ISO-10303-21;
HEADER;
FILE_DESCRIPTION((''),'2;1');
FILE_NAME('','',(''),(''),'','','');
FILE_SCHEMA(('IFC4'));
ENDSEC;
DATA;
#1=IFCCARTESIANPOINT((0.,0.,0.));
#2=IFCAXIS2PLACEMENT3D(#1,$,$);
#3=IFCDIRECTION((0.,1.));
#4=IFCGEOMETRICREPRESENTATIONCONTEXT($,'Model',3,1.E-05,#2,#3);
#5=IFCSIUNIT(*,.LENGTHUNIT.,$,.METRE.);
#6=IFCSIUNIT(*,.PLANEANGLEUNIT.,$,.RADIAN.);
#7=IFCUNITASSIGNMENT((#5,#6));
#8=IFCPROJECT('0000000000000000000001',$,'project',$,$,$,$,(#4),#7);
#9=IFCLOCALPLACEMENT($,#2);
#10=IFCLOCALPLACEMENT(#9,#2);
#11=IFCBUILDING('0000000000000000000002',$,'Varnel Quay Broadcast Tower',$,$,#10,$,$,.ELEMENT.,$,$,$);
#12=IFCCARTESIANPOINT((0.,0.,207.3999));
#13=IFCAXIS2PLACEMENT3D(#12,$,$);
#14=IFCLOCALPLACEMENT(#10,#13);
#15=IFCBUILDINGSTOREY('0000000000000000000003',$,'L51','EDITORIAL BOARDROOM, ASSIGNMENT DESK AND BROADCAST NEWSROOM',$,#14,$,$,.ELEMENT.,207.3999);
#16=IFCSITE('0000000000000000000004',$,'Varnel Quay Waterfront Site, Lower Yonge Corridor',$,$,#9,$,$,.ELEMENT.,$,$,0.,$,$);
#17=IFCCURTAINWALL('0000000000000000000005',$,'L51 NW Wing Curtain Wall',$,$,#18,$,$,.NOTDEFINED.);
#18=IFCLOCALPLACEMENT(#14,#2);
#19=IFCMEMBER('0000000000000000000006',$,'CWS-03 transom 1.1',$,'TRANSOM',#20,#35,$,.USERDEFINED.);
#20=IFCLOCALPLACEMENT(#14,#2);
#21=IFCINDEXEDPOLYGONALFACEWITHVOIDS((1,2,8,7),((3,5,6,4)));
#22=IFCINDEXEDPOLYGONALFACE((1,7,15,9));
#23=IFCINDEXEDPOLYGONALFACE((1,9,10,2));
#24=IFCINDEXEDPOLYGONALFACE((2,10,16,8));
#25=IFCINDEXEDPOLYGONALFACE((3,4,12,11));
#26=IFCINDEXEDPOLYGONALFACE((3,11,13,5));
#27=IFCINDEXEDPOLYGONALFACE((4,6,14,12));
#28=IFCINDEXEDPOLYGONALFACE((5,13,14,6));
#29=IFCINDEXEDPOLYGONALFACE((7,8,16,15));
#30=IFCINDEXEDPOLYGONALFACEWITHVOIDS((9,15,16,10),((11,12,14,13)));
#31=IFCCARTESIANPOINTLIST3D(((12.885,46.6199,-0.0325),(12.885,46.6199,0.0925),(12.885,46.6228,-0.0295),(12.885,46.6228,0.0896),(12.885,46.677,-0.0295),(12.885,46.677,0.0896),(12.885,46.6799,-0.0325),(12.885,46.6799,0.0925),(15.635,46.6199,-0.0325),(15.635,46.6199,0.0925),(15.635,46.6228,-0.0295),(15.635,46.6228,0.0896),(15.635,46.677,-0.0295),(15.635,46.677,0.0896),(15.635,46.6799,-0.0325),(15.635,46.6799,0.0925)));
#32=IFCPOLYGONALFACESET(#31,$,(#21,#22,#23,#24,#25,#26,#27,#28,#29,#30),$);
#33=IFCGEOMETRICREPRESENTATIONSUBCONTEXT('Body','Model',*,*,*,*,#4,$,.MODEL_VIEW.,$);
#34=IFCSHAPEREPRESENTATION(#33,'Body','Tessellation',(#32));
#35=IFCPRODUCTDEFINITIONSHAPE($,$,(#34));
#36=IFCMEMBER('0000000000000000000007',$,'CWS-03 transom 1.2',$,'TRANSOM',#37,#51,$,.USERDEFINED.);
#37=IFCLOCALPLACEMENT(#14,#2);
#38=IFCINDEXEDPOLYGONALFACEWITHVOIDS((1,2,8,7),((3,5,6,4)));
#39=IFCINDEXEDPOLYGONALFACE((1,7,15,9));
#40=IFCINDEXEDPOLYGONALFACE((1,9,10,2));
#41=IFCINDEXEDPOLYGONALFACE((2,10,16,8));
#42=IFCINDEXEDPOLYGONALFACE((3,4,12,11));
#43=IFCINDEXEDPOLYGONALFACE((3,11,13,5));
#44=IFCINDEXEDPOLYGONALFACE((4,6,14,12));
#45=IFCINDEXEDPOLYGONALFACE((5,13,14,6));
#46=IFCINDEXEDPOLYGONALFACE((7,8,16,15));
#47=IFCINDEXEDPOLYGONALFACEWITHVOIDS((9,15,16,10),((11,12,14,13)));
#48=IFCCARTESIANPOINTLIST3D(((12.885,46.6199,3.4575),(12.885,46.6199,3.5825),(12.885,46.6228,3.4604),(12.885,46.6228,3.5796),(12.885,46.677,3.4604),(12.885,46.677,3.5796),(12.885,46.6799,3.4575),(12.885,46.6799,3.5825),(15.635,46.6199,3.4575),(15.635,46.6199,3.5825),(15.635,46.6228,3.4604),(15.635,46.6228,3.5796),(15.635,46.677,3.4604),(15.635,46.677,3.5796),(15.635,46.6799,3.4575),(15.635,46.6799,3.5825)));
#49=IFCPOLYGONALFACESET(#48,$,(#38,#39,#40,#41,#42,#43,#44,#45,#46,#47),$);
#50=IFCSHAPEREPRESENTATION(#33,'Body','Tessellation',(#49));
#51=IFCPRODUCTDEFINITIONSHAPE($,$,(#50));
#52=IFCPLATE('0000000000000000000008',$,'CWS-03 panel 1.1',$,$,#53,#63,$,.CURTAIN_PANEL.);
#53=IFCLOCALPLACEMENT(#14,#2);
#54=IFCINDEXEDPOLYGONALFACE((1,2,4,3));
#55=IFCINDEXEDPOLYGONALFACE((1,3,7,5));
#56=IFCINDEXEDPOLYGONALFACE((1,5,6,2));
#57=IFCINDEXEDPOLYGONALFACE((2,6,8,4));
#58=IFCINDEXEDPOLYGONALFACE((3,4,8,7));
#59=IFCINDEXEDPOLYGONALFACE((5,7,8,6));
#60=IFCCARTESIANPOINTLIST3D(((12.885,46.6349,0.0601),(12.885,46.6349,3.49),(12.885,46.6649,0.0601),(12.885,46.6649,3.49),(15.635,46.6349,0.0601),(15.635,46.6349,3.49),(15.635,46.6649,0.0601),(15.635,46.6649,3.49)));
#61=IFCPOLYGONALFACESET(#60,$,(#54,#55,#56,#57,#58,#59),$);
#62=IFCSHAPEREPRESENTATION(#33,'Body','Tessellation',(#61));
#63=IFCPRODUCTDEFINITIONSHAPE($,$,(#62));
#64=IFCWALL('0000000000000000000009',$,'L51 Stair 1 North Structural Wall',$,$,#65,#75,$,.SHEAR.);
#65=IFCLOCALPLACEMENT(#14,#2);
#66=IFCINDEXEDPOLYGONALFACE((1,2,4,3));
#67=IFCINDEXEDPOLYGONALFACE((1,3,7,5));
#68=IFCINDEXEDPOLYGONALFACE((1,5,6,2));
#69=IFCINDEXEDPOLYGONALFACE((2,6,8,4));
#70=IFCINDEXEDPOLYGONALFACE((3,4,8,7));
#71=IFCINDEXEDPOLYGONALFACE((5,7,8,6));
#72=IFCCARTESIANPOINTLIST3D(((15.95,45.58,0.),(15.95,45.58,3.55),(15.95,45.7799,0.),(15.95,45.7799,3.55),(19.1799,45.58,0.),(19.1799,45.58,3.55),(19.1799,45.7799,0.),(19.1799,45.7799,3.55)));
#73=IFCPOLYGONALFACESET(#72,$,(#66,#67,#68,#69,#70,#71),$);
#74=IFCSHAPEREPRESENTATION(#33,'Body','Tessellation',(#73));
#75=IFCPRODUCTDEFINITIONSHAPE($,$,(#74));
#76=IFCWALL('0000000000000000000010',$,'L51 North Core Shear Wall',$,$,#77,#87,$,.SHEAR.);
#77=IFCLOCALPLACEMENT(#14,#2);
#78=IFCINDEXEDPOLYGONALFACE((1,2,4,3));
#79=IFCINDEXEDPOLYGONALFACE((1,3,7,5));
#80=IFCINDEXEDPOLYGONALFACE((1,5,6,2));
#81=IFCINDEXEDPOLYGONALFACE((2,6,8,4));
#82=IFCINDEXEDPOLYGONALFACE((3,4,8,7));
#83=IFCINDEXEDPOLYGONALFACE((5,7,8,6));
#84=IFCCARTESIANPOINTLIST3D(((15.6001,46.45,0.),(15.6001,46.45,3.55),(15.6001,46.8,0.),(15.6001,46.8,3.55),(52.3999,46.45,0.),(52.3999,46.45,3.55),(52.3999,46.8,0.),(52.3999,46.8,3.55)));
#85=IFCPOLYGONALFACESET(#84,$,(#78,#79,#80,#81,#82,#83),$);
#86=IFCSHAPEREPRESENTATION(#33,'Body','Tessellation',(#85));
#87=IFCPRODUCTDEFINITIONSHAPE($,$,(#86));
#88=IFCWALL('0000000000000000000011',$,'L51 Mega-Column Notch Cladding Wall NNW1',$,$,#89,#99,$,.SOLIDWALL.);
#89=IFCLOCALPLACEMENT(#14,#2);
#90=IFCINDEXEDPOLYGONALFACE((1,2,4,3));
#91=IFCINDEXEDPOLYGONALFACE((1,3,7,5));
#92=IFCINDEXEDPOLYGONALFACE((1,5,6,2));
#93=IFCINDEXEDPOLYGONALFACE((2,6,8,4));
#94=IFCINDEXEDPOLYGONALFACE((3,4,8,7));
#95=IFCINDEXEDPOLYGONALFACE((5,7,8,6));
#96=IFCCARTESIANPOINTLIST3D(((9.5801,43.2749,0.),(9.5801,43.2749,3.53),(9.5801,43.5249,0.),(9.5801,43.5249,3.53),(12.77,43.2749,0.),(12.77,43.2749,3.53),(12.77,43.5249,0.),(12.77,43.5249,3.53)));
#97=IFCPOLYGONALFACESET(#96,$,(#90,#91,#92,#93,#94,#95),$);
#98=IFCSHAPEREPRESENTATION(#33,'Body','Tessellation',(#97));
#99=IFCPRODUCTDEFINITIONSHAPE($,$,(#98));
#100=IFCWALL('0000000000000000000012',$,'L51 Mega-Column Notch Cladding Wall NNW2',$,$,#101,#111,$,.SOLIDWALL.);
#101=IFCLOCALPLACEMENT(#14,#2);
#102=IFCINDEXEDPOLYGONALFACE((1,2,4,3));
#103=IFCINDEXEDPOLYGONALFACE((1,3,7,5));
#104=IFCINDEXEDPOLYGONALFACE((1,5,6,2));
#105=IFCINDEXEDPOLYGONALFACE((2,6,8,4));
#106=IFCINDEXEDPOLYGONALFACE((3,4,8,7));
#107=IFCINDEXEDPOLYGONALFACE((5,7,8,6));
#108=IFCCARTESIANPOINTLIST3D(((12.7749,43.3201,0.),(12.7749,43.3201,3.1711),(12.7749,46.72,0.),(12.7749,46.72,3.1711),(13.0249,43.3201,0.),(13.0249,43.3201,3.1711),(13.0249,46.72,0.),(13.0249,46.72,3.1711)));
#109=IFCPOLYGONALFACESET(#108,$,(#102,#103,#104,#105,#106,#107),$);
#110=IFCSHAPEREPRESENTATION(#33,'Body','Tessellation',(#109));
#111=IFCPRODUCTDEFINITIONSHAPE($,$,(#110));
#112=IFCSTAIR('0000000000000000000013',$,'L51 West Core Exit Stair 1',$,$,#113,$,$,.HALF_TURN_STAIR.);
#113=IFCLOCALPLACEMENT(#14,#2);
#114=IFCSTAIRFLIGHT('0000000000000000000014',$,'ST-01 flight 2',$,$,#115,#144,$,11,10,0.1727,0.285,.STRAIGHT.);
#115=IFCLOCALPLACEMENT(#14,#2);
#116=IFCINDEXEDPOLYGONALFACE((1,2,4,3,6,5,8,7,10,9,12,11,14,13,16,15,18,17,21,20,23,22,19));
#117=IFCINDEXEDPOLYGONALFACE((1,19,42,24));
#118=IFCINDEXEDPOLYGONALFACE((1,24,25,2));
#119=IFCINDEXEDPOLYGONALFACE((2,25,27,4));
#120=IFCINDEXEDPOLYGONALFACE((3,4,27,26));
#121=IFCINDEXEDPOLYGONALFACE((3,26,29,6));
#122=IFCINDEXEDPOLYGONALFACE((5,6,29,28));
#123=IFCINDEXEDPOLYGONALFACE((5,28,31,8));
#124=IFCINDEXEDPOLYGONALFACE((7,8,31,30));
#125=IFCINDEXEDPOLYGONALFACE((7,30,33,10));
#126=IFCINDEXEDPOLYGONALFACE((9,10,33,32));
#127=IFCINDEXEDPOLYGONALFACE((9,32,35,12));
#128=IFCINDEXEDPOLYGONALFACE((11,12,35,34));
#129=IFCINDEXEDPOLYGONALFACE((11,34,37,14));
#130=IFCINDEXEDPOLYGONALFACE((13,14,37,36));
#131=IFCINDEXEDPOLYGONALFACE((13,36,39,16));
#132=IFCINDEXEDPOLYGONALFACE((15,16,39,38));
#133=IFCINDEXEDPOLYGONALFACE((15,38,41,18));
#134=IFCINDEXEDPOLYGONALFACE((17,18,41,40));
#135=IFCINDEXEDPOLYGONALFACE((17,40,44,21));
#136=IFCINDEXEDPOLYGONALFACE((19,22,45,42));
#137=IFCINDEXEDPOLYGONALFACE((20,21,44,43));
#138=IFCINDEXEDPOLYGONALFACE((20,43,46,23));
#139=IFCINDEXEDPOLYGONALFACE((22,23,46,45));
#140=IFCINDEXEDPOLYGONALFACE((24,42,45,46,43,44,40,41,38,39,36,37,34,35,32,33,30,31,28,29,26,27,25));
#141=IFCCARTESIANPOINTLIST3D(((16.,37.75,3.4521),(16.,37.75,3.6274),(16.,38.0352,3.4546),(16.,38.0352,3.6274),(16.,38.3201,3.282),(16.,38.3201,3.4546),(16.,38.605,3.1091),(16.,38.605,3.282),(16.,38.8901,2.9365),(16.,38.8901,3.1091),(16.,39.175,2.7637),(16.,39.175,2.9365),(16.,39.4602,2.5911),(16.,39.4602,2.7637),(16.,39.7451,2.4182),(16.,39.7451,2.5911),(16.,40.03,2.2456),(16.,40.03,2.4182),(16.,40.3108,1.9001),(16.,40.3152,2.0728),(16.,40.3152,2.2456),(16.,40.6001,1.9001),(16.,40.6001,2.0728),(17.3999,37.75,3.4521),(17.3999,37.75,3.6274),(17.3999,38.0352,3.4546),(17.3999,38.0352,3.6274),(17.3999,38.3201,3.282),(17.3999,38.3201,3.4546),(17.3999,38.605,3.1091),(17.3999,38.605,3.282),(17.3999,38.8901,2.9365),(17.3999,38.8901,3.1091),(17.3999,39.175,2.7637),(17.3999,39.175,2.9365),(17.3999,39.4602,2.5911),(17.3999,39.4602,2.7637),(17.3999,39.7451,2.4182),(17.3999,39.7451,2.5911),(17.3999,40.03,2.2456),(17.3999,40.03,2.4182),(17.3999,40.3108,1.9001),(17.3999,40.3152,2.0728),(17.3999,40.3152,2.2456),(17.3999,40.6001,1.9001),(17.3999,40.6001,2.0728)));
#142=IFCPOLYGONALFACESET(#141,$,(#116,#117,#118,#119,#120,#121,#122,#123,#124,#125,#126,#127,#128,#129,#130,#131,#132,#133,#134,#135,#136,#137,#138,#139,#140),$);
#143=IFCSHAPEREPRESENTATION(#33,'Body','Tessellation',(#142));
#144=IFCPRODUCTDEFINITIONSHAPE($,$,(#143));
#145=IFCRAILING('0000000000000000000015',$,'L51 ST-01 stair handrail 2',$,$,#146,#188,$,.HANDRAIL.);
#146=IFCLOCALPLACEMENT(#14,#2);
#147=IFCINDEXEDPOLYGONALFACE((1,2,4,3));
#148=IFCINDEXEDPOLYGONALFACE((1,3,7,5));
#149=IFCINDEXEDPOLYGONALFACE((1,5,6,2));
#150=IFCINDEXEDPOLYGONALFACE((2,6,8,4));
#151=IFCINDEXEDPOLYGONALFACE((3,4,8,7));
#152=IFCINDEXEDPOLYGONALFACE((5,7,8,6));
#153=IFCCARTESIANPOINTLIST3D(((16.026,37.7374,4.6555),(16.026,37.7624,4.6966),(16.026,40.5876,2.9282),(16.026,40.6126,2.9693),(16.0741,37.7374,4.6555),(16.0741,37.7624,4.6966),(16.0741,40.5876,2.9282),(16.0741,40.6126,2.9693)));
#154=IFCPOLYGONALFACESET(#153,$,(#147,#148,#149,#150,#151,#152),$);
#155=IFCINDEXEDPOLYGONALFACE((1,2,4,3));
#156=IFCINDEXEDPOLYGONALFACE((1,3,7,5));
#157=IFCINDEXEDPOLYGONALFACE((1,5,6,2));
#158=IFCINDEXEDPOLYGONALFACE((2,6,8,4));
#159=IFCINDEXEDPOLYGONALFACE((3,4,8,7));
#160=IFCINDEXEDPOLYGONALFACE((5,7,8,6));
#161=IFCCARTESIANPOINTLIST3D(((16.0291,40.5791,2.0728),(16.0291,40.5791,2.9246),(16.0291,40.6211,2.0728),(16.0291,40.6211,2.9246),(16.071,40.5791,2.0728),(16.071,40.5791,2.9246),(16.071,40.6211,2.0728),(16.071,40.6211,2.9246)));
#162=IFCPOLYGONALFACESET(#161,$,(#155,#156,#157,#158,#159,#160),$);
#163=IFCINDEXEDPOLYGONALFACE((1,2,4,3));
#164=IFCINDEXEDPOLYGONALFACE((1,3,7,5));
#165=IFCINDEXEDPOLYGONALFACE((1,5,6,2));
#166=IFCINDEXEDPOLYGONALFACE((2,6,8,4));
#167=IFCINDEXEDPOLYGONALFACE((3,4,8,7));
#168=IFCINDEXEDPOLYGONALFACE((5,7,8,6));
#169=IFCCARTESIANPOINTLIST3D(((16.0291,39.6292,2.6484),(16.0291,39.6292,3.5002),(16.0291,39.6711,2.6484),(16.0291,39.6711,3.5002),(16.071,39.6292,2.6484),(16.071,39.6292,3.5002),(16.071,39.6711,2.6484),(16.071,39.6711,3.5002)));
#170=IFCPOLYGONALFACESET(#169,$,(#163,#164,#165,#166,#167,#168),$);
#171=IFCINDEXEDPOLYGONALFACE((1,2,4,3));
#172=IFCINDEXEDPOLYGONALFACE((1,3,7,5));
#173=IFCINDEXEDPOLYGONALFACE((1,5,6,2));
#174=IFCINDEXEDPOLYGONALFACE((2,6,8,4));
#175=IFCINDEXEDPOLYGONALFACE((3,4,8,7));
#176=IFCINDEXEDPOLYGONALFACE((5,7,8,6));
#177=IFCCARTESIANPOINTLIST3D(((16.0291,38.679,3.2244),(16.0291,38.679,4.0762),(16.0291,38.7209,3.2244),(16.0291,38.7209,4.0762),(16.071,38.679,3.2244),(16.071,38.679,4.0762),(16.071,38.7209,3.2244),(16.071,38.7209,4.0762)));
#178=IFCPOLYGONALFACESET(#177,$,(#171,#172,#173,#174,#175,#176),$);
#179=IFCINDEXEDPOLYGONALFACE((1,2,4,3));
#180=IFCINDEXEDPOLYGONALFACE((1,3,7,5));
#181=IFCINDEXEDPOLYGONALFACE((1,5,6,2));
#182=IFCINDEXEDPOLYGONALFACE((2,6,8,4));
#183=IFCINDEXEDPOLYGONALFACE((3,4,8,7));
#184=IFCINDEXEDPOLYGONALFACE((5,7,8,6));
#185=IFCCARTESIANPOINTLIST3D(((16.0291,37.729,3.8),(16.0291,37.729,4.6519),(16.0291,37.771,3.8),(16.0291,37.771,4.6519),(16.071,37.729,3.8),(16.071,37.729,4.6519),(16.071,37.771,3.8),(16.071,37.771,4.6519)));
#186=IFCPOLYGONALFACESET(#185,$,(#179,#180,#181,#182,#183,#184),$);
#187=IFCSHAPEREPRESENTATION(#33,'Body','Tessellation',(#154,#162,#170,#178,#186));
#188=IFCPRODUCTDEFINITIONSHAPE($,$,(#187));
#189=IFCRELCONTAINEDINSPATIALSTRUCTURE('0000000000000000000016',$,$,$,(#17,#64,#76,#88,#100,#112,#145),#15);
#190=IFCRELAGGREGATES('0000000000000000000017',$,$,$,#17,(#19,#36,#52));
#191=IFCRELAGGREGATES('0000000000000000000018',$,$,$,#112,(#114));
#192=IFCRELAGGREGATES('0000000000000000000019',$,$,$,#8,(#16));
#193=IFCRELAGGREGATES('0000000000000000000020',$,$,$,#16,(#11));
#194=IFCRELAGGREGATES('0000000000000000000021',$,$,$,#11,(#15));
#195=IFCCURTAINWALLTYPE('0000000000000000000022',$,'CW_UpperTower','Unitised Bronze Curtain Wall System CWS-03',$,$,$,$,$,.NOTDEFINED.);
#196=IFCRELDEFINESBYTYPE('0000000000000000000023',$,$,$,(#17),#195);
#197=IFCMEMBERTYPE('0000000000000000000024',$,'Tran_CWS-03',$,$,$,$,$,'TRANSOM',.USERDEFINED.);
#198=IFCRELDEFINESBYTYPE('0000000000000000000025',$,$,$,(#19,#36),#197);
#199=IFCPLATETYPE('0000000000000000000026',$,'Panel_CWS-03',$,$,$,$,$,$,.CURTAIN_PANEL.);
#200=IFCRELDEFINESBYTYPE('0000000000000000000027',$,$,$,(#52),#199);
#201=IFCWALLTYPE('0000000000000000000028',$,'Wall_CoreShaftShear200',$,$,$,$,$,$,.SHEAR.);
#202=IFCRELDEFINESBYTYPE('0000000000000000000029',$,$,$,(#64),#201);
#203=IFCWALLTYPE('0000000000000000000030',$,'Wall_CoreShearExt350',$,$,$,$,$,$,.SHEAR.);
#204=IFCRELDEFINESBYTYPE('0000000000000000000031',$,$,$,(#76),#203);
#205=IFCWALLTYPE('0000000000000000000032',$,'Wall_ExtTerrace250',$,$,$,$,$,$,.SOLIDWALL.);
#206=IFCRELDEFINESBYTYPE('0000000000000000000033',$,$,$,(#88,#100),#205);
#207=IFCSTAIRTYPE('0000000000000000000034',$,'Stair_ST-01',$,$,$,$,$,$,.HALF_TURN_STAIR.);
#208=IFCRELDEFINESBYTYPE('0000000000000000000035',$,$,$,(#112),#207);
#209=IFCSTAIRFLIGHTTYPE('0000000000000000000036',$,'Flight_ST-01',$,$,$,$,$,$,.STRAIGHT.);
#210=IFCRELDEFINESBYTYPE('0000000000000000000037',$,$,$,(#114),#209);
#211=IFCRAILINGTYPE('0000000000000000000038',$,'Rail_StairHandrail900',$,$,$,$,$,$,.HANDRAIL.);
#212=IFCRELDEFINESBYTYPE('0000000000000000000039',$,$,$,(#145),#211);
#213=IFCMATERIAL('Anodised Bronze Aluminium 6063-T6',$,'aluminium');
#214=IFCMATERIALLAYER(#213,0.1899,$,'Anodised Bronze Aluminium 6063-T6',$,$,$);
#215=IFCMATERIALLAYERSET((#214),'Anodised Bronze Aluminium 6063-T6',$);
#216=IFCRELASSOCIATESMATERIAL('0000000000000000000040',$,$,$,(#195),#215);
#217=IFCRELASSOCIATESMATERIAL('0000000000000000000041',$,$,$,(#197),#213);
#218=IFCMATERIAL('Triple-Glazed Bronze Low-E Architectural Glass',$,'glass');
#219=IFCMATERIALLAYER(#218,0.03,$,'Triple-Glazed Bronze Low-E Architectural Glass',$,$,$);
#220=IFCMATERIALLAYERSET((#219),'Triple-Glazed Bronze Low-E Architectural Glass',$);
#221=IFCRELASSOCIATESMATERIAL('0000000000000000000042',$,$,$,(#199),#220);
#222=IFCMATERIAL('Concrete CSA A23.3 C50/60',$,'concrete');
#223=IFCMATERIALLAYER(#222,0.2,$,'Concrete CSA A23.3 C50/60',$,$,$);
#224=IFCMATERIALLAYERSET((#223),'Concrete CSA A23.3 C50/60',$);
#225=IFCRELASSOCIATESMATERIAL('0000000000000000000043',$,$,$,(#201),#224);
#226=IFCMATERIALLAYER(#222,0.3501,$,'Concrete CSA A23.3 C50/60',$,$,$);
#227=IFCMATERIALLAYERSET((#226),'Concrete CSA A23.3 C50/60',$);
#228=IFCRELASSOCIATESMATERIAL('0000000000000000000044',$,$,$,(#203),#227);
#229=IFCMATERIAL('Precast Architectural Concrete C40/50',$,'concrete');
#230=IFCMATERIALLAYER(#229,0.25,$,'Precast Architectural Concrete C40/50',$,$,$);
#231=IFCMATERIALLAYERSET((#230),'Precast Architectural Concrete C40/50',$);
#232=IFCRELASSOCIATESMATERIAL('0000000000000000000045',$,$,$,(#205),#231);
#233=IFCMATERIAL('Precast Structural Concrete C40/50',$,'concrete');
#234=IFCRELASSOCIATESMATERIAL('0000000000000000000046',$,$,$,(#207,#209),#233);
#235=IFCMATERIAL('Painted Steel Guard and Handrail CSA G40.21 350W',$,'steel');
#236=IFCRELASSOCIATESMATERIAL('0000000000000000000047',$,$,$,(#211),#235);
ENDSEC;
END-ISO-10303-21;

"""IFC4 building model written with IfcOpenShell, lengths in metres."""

from ifc_helpers import new_model, si_unit, direction, frame, frame_2d, origin, origin_2d, place, context, subcontext, project, spatial, polyline, rectangle, hollow_rectangle, outline, extrude, source, transform, mapped, material, layer, layer_set, material_profile, profile_set, type_object, type_shapes, element, aggregate, save


model = new_model("IFC4")

# Units and contexts
model_context = context("Model", 3, precision=1e-05, world=origin(), true_north=direction((0.0, 1.0)))
body_context = subcontext(model_context, "Body", "Model", "MODEL_VIEW")
ifc_project = project(units=[si_unit("LENGTHUNIT", "METRE"), si_unit("PLANEANGLEUNIT", "RADIAN")], contexts=[model_context])

# Site, building, storey
site_placement = place(None, origin())
site = spatial("IfcSite", under=ifc_project, at=site_placement, Name="Varnel Quay Waterfront Site, Lower Yonge Corridor", CompositionType="ELEMENT", RefElevation=0.0)
building_placement = place(site_placement, origin())
building = spatial("IfcBuilding", under=site, at=building_placement, Name="Varnel Quay Broadcast Tower", CompositionType="ELEMENT")
storey_placement = place(building_placement, frame((0.0, 0.0, 207.3999)))
storey = spatial("IfcBuildingStorey", under=building, at=storey_placement, Name="L51", Description="EDITORIAL BOARDROOM, ASSIGNMENT DESK AND BROADCAST NEWSROOM", CompositionType="ELEMENT", Elevation=207.3999)

# Shared definitions
ifc_material_1 = material(Name="Anodised Bronze Aluminium 6063-T6", Category="aluminium")
ifc_layer_1 = layer(ifc_material_1, 0.1899, Name="Anodised Bronze Aluminium 6063-T6")
ifc_layer_set_1 = layer_set([ifc_layer_1], Name="Anodised Bronze Aluminium 6063-T6")
curtain_wall_type = type_object("IfcCurtainWallType", Name="CW_UpperTower", Description="Unitised Bronze Curtain Wall System CWS-03", PredefinedType="NOTDEFINED", material=ifc_layer_set_1)

# Curtain wall, members, plate
curtain_wall_1_placement = place(storey_placement, origin())
curtain_wall_1 = element("IfcCurtainWall", 1, at=curtain_wall_1_placement, inside=storey, type_object=curtain_wall_type, Name="L51 NW Wing Curtain Wall", PredefinedType="NOTDEFINED")
ifc_material_profile_1 = material_profile(ifc_material_1, hollow_rectangle(XDim=0.0601, YDim=0.125, WallThickness=0.0029, at=origin_2d()), Name="ALU60X125X3")
ifc_profile_set_1 = profile_set([ifc_material_profile_1], Name="Anodised Bronze Aluminium 6063-T6")
member_type_1 = type_object("IfcMemberType", Name="Tran_CWS-03", ElementType="TRANSOM", PredefinedType="USERDEFINED", material=ifc_profile_set_1)
shared_shape_1 = source(origin(), body_context, "Body", "SweptSolid", [
    extrude(hollow_rectangle(XDim=0.0601, YDim=0.125, WallThickness=0.0029, at=origin_2d()), origin(), (0.0, 0.0, 1.0), 2.75),
])
type_shapes(member_type_1, [shared_shape_1])
member_1_placement = place(storey_placement, frame((12.885, 46.6499, 0.03), z_axis=(1.0, 0.0, 0.0), x_axis=(0.0, 1.0, 0.0)))
member_1 = element("IfcMember", 2, at=member_1_placement, type_object=member_type_1, Name="CWS-03 transom 1.1", ObjectType="TRANSOM", PredefinedType="USERDEFINED", context=body_context, shape_type="MappedRepresentation", body=[
    mapped(shared_shape_1, transform((0.0, 0.0, 0.0), x_axis=(1.0, 0.0, 0.0), y_axis=(0.0, 1.0, 0.0), z_axis=(0.0, 0.0, 1.0), scale=1.0)),
])
member_2_placement = place(storey_placement, frame((12.885, 46.6499, 3.52), z_axis=(1.0, 0.0, 0.0), x_axis=(0.0, 1.0, 0.0)))
member_2 = element("IfcMember", 3, at=member_2_placement, type_object=member_type_1, Name="CWS-03 transom 1.2", ObjectType="TRANSOM", PredefinedType="USERDEFINED", context=body_context, shape_type="MappedRepresentation", body=[
    mapped(shared_shape_1, transform((0.0, 0.0, 0.0), x_axis=(1.0, 0.0, 0.0), y_axis=(0.0, 1.0, 0.0), z_axis=(0.0, 0.0, 1.0), scale=1.0)),
])
ifc_material_2 = material(Name="Triple-Glazed Bronze Low-E Architectural Glass", Category="glass")
ifc_layer_2 = layer(ifc_material_2, 0.03, Name="Triple-Glazed Bronze Low-E Architectural Glass")
ifc_layer_set_2 = layer_set([ifc_layer_2], Name="Triple-Glazed Bronze Low-E Architectural Glass")
plate_type = type_object("IfcPlateType", Name="Panel_CWS-03", PredefinedType="CURTAIN_PANEL", material=ifc_layer_set_2)
shared_shape_2 = source(origin(), body_context, "Body", "SweptSolid", [
    extrude(rectangle(XDim=2.75, YDim=0.03, at=origin_2d()), origin(), (0.0, 0.0, 1.0), 3.4299),
])
type_shapes(plate_type, [shared_shape_2])
plate_placement = place(storey_placement, frame((14.26, 46.6499, 0.0601), z_axis=(0.0, 0.0, 1.0), x_axis=(1.0, 0.0, 0.0)))
plate = element("IfcPlate", 4, at=plate_placement, type_object=plate_type, Name="CWS-03 panel 1.1", PredefinedType="CURTAIN_PANEL", context=body_context, shape_type="MappedRepresentation", body=[
    mapped(shared_shape_2, transform((0.0, 0.0, 0.0), x_axis=(1.0, 0.0, 0.0), y_axis=(0.0, 1.0, 0.0), z_axis=(0.0, 0.0, 1.0), scale=1.0)),
])
aggregate(curtain_wall_1, [member_1, member_2, plate])

# Walls
ifc_material_3 = material(Name="Concrete CSA A23.3 C50/60", Category="concrete")
ifc_layer_3 = layer(ifc_material_3, 0.2, Name="Concrete CSA A23.3 C50/60")
ifc_layer_set_3 = layer_set([ifc_layer_3], Name="Concrete CSA A23.3 C50/60")
wall_type_1 = type_object("IfcWallType", Name="Wall_CoreShaftShear200", PredefinedType="SHEAR", material=ifc_layer_set_3)
wall_1_placement = place(storey_placement, frame((15.95, 45.6799, 0.0), z_axis=(0.0, 0.0, 1.0), x_axis=(1.0, 0.0, 0.0)))
element("IfcWall", 5, at=wall_1_placement, inside=storey, type_object=wall_type_1, Name="L51 Stair 1 North Structural Wall", PredefinedType="SHEAR", context=body_context, shape_type="SweptSolid", body=[
    extrude(rectangle(XDim=3.23, YDim=0.2, at=frame_2d((1.615, 0.0))), origin(), (0.0, 0.0, 1.0), 3.55),
])
ifc_layer_4 = layer(ifc_material_3, 0.3501, Name="Concrete CSA A23.3 C50/60")
ifc_layer_set_4 = layer_set([ifc_layer_4], Name="Concrete CSA A23.3 C50/60")
wall_type_2 = type_object("IfcWallType", Name="Wall_CoreShearExt350", PredefinedType="SHEAR", material=ifc_layer_set_4)
wall_2_placement = place(storey_placement, frame((15.6001, 46.625, 0.0), z_axis=(0.0, 0.0, 1.0), x_axis=(1.0, 0.0, 0.0)))
element("IfcWall", 6, at=wall_2_placement, inside=storey, type_object=wall_type_2, Name="L51 North Core Shear Wall", PredefinedType="SHEAR", context=body_context, shape_type="SweptSolid", body=[
    extrude(rectangle(XDim=36.7998, YDim=0.3501, at=frame_2d((18.3999, 0.0))), origin(), (0.0, 0.0, 1.0), 3.55),
])
ifc_material_4 = material(Name="Precast Architectural Concrete C40/50", Category="concrete")
ifc_layer_5 = layer(ifc_material_4, 0.25, Name="Precast Architectural Concrete C40/50")
ifc_layer_set_5 = layer_set([ifc_layer_5], Name="Precast Architectural Concrete C40/50")
wall_type_3 = type_object("IfcWallType", Name="Wall_ExtTerrace250", PredefinedType="SOLIDWALL", material=ifc_layer_set_5)
wall_3_placement = place(storey_placement, frame((9.5801, 43.3999, 0.0), z_axis=(0.0, 0.0, 1.0), x_axis=(1.0, 0.0, 0.0)))
element("IfcWall", 7, at=wall_3_placement, inside=storey, type_object=wall_type_3, Name="L51 Mega-Column Notch Cladding Wall NNW1", PredefinedType="SOLIDWALL", context=body_context, shape_type="SweptSolid", body=[
    extrude(rectangle(XDim=3.1899, YDim=0.25, at=frame_2d((1.595, 0.0))), origin(), (0.0, 0.0, 1.0), 3.53),
])
wall_4_placement = place(storey_placement, frame((12.8999, 43.3201, 0.0), z_axis=(0.0, 0.0, 1.0), x_axis=(0.0, 1.0, 0.0)))
element("IfcWall", 8, at=wall_4_placement, inside=storey, type_object=wall_type_3, Name="L51 Mega-Column Notch Cladding Wall NNW2", PredefinedType="SOLIDWALL", context=body_context, shape_type="SweptSolid", body=[
    extrude(rectangle(XDim=3.3999, YDim=0.25, at=frame_2d((1.7, 0.0))), origin(), (0.0, 0.0, 1.0), 3.1711),
])

# Stair, stair flight
ifc_material_5 = material(Name="Precast Structural Concrete C40/50", Category="concrete")
stair_type = type_object("IfcStairType", Name="Stair_ST-01", PredefinedType="HALF_TURN_STAIR", material=ifc_material_5)
stair_placement = place(storey_placement, origin())
stair = element("IfcStair", 9, at=stair_placement, inside=storey, type_object=stair_type, Name="L51 West Core Exit Stair 1", PredefinedType="HALF_TURN_STAIR")
stair_flight_type = type_object("IfcStairFlightType", Name="Flight_ST-01", PredefinedType="STRAIGHT", material=ifc_material_5)
stair_flight_placement = place(storey_placement, frame((16.7, 40.6001, 1.9001), z_axis=(0.0, 0.0, 1.0), x_axis=(0.0, -1.0, 0.0)))
stair_flight = element("IfcStairFlight", 10, at=stair_flight_placement, type_object=stair_flight_type, Name="ST-01 flight 2", NumberOfRisers=11, NumberOfTreads=10, PredefinedType="STRAIGHT", RiserHeight=0.1727, TreadLength=0.285, context=body_context, shape_type="SweptSolid", body=[
    extrude(outline(polyline([(0.0, 0.0), (0.0, 0.1726), (0.2849, 0.1726), (0.2849, 0.3455), (0.5701, 0.3455), (0.5701, 0.5181), (0.855, 0.5181), (0.855, 0.6909), (1.1399, 0.6909), (1.1399, 0.8635), (1.425, 0.8635), (1.425, 1.0364), (1.71, 1.0364), (1.71, 1.209), (1.9951, 1.209), (1.9951, 1.3818), (2.28, 1.3818), (2.28, 1.5544), (2.5649, 1.5544), (2.5649, 1.7273), (2.8501, 1.7273), (2.8501, 1.8999), (2.8501, 1.552), (0.2893, 0.0), (0.0, 0.0)])), frame((0.0, 0.7, 0.0), z_axis=(0.0, -1.0, 0.0), x_axis=(1.0, 0.0, 0.0)), (0.0, 0.0, 1.0), 1.3999),
])
aggregate(stair, [stair_flight])

# Railing
ifc_material_6 = material(Name="Painted Steel Guard and Handrail CSA G40.21 350W", Category="steel")
railing_type = type_object("IfcRailingType", Name="Rail_StairHandrail900", PredefinedType="HANDRAIL", material=ifc_material_6)
railing_placement = place(storey_placement, frame((16.05, 40.6001, 2.0728)))
element("IfcRailing", 11, at=railing_placement, inside=storey, type_object=railing_type, Name="L51 ST-01 stair handrail 2", PredefinedType="HANDRAIL", context=body_context, shape_type="SweptSolid", body=[
    extrude(rectangle(XDim=0.0481, YDim=0.0481, at=origin_2d()), frame((0.0, 0.0, 0.876), z_axis=(0.0, -0.855203, 0.518294), x_axis=(1.0, 0.0, 0.0)), (0.0, 0.0, 1.0), 3.3328),
    extrude(rectangle(XDim=0.042, YDim=0.042, at=origin_2d()), origin(), (0.0, 0.0, 1.0), 0.8518),
    extrude(rectangle(XDim=0.042, YDim=0.042, at=origin_2d()), frame((0.0, -0.95, 0.5757)), (0.0, 0.0, 1.0), 0.8518),
    extrude(rectangle(XDim=0.042, YDim=0.042, at=origin_2d()), frame((0.0, -1.9001, 1.1516)), (0.0, 0.0, 1.0), 0.8518),
    extrude(rectangle(XDim=0.042, YDim=0.042, at=origin_2d()), frame((0.0, -2.8501, 1.7273)), (0.0, 0.0, 1.0), 0.8518),
])

save(model, "model.ifc")
